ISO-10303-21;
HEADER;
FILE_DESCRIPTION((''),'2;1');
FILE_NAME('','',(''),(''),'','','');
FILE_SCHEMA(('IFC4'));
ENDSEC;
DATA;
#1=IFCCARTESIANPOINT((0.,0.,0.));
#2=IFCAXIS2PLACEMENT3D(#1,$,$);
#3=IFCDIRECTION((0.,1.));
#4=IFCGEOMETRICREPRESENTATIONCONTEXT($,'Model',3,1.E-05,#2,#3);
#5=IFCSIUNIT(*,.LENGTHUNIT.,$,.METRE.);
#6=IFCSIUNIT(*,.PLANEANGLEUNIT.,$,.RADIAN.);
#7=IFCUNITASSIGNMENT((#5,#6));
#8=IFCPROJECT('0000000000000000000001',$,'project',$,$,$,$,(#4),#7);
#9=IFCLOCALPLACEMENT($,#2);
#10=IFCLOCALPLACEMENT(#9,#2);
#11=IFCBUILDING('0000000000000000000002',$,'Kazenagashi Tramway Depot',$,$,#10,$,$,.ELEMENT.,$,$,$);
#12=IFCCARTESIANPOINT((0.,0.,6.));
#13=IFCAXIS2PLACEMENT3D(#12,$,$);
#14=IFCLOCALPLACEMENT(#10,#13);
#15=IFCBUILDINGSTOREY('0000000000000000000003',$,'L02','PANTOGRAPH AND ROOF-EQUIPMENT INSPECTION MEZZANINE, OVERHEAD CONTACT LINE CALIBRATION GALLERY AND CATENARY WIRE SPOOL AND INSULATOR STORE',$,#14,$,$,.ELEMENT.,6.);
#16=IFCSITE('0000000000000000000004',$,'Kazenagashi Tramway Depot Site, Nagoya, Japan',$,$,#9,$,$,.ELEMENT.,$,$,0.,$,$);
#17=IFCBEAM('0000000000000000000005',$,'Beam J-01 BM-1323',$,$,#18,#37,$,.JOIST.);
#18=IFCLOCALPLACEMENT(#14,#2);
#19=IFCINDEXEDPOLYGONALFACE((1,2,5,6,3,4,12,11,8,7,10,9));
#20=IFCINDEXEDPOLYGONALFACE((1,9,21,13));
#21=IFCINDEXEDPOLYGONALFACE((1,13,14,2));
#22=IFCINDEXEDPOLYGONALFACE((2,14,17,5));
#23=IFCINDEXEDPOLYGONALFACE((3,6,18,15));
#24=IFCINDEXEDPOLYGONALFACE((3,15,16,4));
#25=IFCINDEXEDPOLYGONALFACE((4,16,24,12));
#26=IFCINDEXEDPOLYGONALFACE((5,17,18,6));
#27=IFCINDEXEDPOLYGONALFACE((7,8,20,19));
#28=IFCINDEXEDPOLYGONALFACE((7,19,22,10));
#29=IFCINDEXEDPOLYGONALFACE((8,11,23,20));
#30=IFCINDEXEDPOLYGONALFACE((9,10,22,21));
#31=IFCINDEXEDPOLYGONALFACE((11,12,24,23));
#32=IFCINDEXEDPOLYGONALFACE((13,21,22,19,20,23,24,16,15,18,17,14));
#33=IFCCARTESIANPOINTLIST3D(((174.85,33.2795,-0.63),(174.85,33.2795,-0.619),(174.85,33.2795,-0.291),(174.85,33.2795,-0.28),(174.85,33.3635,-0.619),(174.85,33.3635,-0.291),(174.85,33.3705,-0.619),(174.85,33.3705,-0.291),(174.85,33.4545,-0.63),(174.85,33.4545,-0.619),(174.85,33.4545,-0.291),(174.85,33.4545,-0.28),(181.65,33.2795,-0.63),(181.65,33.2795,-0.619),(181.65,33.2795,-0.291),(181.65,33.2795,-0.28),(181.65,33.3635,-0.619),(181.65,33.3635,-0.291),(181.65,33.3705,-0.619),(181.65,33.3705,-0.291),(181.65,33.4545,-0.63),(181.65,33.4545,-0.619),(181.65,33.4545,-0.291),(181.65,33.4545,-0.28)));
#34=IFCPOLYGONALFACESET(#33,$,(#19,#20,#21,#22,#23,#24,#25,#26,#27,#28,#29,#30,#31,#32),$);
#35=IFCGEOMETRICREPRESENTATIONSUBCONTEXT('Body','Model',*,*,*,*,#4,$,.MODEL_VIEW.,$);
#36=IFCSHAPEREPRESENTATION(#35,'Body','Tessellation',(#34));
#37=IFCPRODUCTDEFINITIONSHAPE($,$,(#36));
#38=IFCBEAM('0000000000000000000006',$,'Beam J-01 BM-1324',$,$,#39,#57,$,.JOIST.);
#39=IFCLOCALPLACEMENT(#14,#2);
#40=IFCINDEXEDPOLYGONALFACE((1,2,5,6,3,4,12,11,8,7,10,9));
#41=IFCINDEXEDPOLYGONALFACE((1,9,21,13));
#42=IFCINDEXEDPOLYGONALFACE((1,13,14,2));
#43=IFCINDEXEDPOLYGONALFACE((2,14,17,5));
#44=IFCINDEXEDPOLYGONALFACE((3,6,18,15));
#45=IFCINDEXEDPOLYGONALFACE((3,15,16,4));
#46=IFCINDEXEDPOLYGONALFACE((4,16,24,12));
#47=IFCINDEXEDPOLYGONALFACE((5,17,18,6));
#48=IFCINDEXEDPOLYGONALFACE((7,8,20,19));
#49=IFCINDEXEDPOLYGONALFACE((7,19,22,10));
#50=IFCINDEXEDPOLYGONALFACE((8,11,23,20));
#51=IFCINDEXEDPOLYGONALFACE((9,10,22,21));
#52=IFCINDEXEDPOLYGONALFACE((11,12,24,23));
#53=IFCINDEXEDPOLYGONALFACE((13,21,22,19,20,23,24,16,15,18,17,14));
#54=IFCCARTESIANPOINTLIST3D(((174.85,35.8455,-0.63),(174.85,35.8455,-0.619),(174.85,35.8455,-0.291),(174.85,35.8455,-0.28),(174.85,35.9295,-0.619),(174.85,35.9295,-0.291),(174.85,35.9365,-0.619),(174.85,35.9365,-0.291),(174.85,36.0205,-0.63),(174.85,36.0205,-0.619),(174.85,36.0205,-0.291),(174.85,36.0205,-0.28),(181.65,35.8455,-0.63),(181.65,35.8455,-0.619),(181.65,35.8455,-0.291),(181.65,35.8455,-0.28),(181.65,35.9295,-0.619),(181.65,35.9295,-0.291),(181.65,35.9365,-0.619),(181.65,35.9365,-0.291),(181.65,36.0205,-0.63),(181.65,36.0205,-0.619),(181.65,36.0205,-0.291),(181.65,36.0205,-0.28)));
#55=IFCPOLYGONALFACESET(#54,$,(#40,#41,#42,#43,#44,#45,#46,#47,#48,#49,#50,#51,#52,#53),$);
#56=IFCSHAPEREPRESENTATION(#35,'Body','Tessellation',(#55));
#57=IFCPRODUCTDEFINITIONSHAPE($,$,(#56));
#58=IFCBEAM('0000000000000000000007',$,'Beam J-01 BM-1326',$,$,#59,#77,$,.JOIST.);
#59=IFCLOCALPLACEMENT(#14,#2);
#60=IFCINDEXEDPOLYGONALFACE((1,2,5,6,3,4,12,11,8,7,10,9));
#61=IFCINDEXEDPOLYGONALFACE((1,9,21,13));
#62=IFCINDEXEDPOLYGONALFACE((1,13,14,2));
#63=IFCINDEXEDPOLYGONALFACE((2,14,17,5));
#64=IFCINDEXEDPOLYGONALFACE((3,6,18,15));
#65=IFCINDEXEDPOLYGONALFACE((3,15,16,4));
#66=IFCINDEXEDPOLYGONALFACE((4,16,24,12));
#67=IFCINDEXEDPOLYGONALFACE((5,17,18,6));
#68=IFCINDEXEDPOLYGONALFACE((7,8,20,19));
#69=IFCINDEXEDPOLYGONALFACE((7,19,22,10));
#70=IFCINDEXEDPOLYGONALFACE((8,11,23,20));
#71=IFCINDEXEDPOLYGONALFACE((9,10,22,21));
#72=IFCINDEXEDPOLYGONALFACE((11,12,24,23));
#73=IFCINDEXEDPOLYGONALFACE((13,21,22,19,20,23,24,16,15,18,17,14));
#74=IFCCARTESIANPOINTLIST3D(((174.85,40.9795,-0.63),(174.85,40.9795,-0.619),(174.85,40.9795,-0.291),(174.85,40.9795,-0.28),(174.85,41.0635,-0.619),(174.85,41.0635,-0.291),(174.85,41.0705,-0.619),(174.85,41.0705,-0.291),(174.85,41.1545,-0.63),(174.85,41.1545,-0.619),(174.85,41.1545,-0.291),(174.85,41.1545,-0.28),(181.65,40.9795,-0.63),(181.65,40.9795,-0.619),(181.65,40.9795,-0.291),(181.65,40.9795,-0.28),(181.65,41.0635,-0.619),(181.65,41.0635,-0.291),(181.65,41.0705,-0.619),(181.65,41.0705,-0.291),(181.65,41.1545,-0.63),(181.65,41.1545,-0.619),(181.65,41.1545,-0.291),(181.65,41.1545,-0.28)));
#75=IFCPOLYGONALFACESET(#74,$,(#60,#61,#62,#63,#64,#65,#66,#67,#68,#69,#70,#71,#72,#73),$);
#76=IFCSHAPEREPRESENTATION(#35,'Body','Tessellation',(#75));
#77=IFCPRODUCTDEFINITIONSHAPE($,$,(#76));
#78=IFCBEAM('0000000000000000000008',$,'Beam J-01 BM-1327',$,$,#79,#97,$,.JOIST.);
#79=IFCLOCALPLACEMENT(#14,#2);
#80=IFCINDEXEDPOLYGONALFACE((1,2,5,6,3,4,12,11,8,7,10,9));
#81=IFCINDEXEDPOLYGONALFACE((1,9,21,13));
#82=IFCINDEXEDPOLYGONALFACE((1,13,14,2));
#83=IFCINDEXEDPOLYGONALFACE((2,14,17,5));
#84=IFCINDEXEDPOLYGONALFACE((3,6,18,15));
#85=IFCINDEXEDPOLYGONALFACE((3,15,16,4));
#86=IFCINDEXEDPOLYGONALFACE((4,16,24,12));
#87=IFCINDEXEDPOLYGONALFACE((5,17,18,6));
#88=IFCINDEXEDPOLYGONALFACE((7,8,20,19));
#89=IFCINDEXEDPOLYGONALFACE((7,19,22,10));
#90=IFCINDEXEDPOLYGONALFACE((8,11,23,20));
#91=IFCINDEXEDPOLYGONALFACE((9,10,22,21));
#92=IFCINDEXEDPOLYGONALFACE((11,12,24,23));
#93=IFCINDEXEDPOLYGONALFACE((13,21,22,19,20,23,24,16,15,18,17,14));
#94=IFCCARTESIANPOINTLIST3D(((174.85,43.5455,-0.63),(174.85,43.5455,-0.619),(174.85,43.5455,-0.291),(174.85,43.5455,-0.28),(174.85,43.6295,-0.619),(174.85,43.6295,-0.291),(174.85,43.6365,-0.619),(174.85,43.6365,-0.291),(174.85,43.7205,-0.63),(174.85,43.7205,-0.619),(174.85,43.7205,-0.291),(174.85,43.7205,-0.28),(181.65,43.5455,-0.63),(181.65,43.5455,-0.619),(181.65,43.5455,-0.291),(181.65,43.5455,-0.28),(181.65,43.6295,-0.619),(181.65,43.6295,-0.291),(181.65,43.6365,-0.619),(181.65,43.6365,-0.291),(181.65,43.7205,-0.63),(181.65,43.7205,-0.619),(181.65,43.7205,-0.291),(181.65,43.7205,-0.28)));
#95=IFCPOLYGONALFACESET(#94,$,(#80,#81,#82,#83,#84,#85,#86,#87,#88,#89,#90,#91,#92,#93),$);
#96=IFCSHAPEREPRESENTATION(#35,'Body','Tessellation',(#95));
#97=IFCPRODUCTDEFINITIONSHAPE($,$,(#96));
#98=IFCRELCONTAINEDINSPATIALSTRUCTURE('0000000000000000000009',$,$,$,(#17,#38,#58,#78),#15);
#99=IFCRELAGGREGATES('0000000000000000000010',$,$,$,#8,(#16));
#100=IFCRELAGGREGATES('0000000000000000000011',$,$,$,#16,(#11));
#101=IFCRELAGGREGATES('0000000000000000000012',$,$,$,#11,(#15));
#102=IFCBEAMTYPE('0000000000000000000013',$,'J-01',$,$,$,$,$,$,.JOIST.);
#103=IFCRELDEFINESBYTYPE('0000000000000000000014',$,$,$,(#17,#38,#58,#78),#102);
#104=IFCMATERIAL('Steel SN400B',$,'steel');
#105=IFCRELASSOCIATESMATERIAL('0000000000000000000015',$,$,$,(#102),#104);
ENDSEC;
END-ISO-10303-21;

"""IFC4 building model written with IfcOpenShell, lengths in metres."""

from ifc_helpers import new_model, si_unit, direction, frame, origin, origin_2d, place, context, subcontext, project, spatial, i_section, extrude, material, material_profile, profile_set, type_object, element, save


model = new_model("IFC4")

# Units and contexts
model_context = context("Model", 3, precision=1e-05, world=origin(), true_north=direction((0.0, 1.0)))
body_context = subcontext(model_context, "Body", "Model", "MODEL_VIEW")
ifc_project = project(units=[si_unit("LENGTHUNIT", "METRE"), si_unit("PLANEANGLEUNIT", "RADIAN")], contexts=[model_context])

# Site, building, storey
site_placement = place(None, origin())
site = spatial("IfcSite", under=ifc_project, at=site_placement, Name="Kazenagashi Tramway Depot Site, Nagoya, Japan", CompositionType="ELEMENT", RefElevation=0.0)
building_placement = place(site_placement, origin())
building = spatial("IfcBuilding", under=site, at=building_placement, Name="Kazenagashi Tramway Depot", CompositionType="ELEMENT")
storey_placement = place(building_placement, frame((0.0, 0.0, 6.0)))
storey = spatial("IfcBuildingStorey", under=building, at=storey_placement, Name="L02", Description="PANTOGRAPH AND ROOF-EQUIPMENT INSPECTION MEZZANINE, OVERHEAD CONTACT LINE CALIBRATION GALLERY AND CATENARY WIRE SPOOL AND INSULATOR STORE", CompositionType="ELEMENT", Elevation=6.0)

# Beams
ifc_material_1 = material(Name="Steel SN400B", Category="steel")
ifc_material_profile_1 = material_profile(ifc_material_1, i_section(OverallWidth=0.175, OverallDepth=0.35, WebThickness=0.007, FlangeThickness=0.011, at=origin_2d()), Name="H-350x175x7x11")
ifc_profile_set_1 = profile_set([ifc_material_profile_1], Name="Steel SN400B")
beam_type_1 = type_object("IfcBeamType", Name="J-01", PredefinedType="JOIST", material=ifc_profile_set_1)
for number, where, z_axis, x_axis, name in (
    (1, (174.85, 33.367, -0.455), (1.0, 0.0, 0.0), (0.0, 1.0, 0.0), "Beam J-01 BM-1323"),
    (2, (174.85, 35.933, -0.455), (1.0, 0.0, 0.0), (0.0, 1.0, 0.0), "Beam J-01 BM-1324"),
    (3, (174.85, 41.067, -0.455), (1.0, 0.0, 0.0), (0.0, 1.0, 0.0), "Beam J-01 BM-1326"),
    (4, (174.85, 43.633, -0.455), (1.0, 0.0, 0.0), (0.0, 1.0, 0.0), "Beam J-01 BM-1327"),
):
    element("IfcBeam", number, at=place(storey_placement, frame(where, z_axis=z_axis, x_axis=x_axis)), inside=storey, type_object=beam_type_1, Name=name, PredefinedType="JOIST", context=body_context, shape_type="SweptSolid", body=[
        extrude(i_section(OverallWidth=0.175, OverallDepth=0.35, WebThickness=0.007, FlangeThickness=0.011, at=origin_2d()), origin(), (0.0, 0.0, 1.0), 6.8),
    ])

save(model, "model.ifc")
